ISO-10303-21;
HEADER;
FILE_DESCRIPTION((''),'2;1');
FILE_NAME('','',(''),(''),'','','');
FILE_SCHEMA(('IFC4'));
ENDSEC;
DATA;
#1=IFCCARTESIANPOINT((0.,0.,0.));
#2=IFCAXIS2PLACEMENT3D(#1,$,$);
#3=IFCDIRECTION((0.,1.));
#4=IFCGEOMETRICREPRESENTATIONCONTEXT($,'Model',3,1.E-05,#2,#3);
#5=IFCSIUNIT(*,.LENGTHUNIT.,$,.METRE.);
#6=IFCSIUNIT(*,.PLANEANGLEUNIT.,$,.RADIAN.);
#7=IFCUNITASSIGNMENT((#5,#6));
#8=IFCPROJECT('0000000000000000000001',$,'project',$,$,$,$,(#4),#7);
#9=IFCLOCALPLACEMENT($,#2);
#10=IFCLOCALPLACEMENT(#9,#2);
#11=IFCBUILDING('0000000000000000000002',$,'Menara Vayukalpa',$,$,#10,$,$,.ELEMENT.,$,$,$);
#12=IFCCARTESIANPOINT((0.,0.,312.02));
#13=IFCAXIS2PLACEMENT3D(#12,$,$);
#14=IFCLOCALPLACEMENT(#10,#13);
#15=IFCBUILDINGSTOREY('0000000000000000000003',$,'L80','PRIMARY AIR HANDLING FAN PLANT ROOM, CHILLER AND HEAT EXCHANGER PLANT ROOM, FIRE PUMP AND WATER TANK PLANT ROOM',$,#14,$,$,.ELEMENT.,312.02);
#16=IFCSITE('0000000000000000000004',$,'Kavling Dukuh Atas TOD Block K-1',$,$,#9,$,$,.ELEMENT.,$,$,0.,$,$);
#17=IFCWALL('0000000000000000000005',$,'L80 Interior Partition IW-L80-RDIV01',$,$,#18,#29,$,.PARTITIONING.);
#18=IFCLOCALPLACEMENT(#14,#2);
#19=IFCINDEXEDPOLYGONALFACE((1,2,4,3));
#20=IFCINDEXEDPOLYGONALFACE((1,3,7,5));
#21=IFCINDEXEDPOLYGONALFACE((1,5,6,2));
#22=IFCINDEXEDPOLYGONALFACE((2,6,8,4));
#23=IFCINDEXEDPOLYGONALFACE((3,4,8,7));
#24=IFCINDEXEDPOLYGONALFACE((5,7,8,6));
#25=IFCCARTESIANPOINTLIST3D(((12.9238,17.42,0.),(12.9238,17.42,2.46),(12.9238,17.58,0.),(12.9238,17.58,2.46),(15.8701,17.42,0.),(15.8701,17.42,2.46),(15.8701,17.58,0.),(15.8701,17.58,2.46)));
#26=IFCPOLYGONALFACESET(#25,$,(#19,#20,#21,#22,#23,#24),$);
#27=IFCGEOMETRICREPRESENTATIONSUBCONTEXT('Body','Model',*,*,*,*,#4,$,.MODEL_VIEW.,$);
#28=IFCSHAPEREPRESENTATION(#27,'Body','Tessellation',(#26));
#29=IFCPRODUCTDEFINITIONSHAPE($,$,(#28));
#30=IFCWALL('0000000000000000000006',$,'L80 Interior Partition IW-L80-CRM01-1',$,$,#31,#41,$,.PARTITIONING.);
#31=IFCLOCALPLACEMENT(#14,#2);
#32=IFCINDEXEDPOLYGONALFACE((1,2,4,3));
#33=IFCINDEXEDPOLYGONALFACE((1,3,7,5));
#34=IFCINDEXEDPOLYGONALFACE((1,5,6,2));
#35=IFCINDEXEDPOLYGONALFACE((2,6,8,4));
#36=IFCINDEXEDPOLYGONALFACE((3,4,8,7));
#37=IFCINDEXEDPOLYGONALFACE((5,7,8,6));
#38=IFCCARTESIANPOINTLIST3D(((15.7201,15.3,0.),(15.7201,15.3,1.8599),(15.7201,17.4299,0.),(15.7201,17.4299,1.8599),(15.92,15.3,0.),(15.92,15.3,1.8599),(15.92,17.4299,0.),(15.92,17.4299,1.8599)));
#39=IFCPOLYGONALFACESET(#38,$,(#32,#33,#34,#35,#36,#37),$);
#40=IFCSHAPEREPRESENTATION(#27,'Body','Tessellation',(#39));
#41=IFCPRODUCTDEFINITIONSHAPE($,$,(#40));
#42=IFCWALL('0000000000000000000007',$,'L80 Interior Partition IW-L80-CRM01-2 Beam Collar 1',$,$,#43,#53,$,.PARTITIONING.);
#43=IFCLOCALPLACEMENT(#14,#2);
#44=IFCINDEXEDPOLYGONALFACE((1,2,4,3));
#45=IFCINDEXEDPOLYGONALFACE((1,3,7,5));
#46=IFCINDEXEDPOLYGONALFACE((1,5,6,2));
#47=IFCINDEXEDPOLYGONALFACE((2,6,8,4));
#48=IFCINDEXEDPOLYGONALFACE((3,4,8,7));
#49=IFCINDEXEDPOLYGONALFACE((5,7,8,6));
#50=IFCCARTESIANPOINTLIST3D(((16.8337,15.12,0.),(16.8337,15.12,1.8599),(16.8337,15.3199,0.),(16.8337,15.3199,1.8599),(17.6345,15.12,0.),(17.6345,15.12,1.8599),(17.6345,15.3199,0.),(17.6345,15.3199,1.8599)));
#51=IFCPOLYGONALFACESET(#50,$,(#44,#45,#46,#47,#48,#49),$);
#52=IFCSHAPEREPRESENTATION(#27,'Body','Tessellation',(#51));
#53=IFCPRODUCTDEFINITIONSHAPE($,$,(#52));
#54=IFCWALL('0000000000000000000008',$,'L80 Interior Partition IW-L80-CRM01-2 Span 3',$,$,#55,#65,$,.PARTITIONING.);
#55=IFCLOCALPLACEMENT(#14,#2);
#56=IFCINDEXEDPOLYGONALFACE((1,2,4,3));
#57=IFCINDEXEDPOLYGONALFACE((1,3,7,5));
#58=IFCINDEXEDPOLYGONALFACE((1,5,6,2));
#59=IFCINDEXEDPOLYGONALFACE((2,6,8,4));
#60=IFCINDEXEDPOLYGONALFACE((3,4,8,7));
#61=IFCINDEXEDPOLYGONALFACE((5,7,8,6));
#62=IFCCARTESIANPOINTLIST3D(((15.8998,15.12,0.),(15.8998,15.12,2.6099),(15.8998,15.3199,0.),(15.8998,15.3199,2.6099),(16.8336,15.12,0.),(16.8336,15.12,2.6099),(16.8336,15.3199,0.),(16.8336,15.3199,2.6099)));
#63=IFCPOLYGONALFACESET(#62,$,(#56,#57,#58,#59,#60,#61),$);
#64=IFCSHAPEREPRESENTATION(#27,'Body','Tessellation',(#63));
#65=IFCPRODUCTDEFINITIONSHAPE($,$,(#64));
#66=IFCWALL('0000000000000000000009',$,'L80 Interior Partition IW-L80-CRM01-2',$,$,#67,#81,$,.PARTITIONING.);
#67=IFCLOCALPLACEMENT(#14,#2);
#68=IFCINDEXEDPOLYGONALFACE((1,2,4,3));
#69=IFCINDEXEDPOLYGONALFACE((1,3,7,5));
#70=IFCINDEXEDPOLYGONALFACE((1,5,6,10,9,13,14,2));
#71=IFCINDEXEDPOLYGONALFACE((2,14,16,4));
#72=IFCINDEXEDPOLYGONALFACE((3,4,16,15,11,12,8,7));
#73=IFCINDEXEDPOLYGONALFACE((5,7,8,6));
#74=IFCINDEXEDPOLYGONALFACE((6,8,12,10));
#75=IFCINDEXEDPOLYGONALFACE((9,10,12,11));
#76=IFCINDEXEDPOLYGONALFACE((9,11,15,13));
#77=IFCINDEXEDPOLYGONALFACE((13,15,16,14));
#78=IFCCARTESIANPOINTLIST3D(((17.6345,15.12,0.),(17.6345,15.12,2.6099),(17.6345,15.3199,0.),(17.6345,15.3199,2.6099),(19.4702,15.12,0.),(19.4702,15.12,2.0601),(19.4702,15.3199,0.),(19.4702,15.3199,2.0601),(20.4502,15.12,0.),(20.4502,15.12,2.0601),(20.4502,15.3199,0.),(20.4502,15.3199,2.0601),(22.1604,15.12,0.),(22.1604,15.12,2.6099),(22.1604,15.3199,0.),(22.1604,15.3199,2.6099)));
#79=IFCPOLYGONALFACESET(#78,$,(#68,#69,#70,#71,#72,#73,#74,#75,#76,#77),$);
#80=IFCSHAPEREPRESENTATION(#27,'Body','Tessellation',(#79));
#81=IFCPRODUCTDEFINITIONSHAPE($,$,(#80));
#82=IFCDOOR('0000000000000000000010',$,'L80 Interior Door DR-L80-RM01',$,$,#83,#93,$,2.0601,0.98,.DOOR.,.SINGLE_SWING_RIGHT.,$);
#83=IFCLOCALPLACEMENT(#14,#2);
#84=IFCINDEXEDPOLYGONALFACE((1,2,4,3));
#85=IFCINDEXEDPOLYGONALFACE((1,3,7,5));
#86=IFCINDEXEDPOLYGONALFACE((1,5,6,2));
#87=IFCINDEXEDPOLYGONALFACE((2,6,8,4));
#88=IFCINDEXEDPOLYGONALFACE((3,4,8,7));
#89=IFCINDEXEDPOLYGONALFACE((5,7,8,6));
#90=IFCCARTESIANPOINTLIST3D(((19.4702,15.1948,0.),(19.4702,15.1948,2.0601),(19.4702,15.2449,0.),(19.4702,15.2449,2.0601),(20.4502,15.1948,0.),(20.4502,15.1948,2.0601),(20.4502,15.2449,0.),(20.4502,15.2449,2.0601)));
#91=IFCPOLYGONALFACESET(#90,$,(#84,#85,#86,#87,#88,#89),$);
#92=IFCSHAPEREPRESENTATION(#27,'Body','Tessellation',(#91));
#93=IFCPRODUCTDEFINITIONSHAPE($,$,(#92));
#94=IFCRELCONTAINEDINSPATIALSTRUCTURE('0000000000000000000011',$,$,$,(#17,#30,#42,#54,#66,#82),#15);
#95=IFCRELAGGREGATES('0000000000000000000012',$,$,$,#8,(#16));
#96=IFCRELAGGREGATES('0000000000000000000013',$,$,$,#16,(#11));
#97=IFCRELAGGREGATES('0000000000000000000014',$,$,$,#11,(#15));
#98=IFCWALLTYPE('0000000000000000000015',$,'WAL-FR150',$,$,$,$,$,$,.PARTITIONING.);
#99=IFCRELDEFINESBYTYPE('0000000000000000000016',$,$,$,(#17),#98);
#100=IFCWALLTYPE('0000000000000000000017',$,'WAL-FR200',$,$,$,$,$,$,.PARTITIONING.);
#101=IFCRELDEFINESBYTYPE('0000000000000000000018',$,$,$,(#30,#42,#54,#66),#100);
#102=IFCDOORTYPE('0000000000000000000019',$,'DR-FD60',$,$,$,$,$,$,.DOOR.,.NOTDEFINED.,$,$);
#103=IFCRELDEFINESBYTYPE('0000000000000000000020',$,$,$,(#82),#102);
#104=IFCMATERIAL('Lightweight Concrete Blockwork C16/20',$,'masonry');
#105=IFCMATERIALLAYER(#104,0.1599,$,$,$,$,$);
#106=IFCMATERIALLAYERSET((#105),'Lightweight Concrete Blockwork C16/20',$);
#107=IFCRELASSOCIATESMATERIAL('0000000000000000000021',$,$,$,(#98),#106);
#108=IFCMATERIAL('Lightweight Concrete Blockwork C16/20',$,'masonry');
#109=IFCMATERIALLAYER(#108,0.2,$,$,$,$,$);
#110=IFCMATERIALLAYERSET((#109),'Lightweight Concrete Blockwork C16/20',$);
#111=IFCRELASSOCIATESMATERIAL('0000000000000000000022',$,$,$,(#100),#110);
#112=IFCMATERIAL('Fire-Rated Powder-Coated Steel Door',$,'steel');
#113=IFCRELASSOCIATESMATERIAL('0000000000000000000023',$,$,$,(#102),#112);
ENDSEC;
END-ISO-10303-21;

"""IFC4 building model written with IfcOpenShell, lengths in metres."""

from ifc_helpers import new_model, si_unit, direction, frame, frame_2d, origin, place, context, subcontext, project, spatial, rectangle, extrude, material, layer, layer_set, type_object, element, fill, save


model = new_model("IFC4")

# Units and contexts
model_context = context("Model", 3, precision=1e-05, world=origin(), true_north=direction((0.0, 1.0)))
body_context = subcontext(model_context, "Body", "Model", "MODEL_VIEW")
ifc_project = project(units=[si_unit("LENGTHUNIT", "METRE"), si_unit("PLANEANGLEUNIT", "RADIAN")], contexts=[model_context])

# Site, building, storey
site_placement = place(None, origin())
site = spatial("IfcSite", under=ifc_project, at=site_placement, Name="Kavling Dukuh Atas TOD Block K-1", CompositionType="ELEMENT", RefElevation=0.0)
building_placement = place(site_placement, origin())
building = spatial("IfcBuilding", under=site, at=building_placement, Name="Menara Vayukalpa", CompositionType="ELEMENT")
storey_placement = place(building_placement, frame((0.0, 0.0, 312.02)))
storey = spatial("IfcBuildingStorey", under=building, at=storey_placement, Name="L80", Description="PRIMARY AIR HANDLING FAN PLANT ROOM, CHILLER AND HEAT EXCHANGER PLANT ROOM, FIRE PUMP AND WATER TANK PLANT ROOM", CompositionType="ELEMENT", Elevation=312.02)

# Walls
ifc_material_1 = material(Name="Lightweight Concrete Blockwork C16/20", Category="masonry")
ifc_layer_1 = layer(ifc_material_1, 0.1599)
ifc_layer_set_1 = layer_set([ifc_layer_1], Name="Lightweight Concrete Blockwork C16/20")
wall_type_1 = type_object("IfcWallType", Name="WAL-FR150", PredefinedType="PARTITIONING", material=ifc_layer_set_1)
wall_1_placement = place(storey_placement, frame((12.9238, 17.5, 0.0), z_axis=(0.0, 0.0, 1.0), x_axis=(1.0, 0.0, 0.0)))
element("IfcWall", 1, at=wall_1_placement, inside=storey, type_object=wall_type_1, Name="L80 Interior Partition IW-L80-RDIV01", PredefinedType="PARTITIONING", context=body_context, shape_type="SweptSolid", body=[
    extrude(rectangle(XDim=2.9463, YDim=0.1599, at=frame_2d((1.4731, 0.0))), origin(), (0.0, 0.0, 1.0), 2.46),
])
ifc_material_2 = material(Name="Lightweight Concrete Blockwork C16/20", Category="masonry")
ifc_layer_2 = layer(ifc_material_2, 0.2)
ifc_layer_set_2 = layer_set([ifc_layer_2], Name="Lightweight Concrete Blockwork C16/20")
wall_type_2 = type_object("IfcWallType", Name="WAL-FR200", PredefinedType="PARTITIONING", material=ifc_layer_set_2)
wall_2_placement = place(storey_placement, frame((15.8201, 17.4299, 0.0), z_axis=(0.0, 0.0, 1.0), x_axis=(0.0, -1.0, 0.0)))
element("IfcWall", 2, at=wall_2_placement, inside=storey, type_object=wall_type_2, Name="L80 Interior Partition IW-L80-CRM01-1", PredefinedType="PARTITIONING", context=body_context, shape_type="SweptSolid", body=[
    extrude(rectangle(XDim=2.1299, YDim=0.2, at=frame_2d((1.0649, 0.0))), origin(), (0.0, 0.0, 1.0), 1.8599),
])
wall_3_placement = place(storey_placement, frame((16.8337, 15.22, 0.0), z_axis=(0.0, 0.0, 1.0), x_axis=(1.0, 0.0, 0.0)))
element("IfcWall", 3, at=wall_3_placement, inside=storey, type_object=wall_type_2, Name="L80 Interior Partition IW-L80-CRM01-2 Beam Collar 1", PredefinedType="PARTITIONING", context=body_context, shape_type="SweptSolid", body=[
    extrude(rectangle(XDim=0.8008, YDim=0.2, at=frame_2d((0.4004, 0.0))), origin(), (0.0, 0.0, 1.0), 1.8599),
])
wall_4_placement = place(storey_placement, frame((15.8999, 15.22, 0.0), z_axis=(0.0, 0.0, 1.0), x_axis=(1.0, 0.0, 0.0)))
element("IfcWall", 4, at=wall_4_placement, inside=storey, type_object=wall_type_2, Name="L80 Interior Partition IW-L80-CRM01-2 Span 3", PredefinedType="PARTITIONING", context=body_context, shape_type="SweptSolid", body=[
    extrude(rectangle(XDim=0.9338, YDim=0.2, at=frame_2d((0.4668, 0.0))), origin(), (0.0, 0.0, 1.0), 2.6099),
])

# Wall, opening, door
wall_5_placement = place(storey_placement, frame((17.6345, 15.22, 0.0), z_axis=(0.0, 0.0, 1.0), x_axis=(1.0, 0.0, 0.0)))
wall_5 = element("IfcWall", 5, at=wall_5_placement, inside=storey, type_object=wall_type_2, Name="L80 Interior Partition IW-L80-CRM01-2", PredefinedType="PARTITIONING", context=body_context, shape_type="SweptSolid", body=[
    extrude(rectangle(XDim=4.5259, YDim=0.2, at=frame_2d((2.2629, 0.0))), origin(), (0.0, 0.0, 1.0), 2.6099),
])
opening_placement = place(wall_5_placement, frame((1.8357, 0.0, 0.0)))
opening = element("IfcOpeningElement", 6, at=opening_placement, cuts=wall_5, PredefinedType="OPENING", context=body_context, shape_type="SweptSolid", body=[
    extrude(rectangle(XDim=0.98, YDim=2.0601, at=frame_2d((0.49, 1.03))), frame((0.0, 0.1099, 0.0), z_axis=(0.0, -1.0, 0.0), x_axis=(1.0, 0.0, 0.0)), (0.0, 0.0, 1.0), 0.22),
])
ifc_material_3 = material(Name="Fire-Rated Powder-Coated Steel Door", Category="steel")
door_type = type_object("IfcDoorType", Name="DR-FD60", OperationType="NOTDEFINED", PredefinedType="DOOR", material=ifc_material_3)
door_placement = place(opening_placement, origin())
door = element("IfcDoor", 7, at=door_placement, inside=storey, type_object=door_type, Name="L80 Interior Door DR-L80-RM01", OperationType="SINGLE_SWING_RIGHT", OverallHeight=2.0601, OverallWidth=0.98, PredefinedType="DOOR", context=body_context, shape_type="SweptSolid", body=[
    extrude(rectangle(XDim=0.98, YDim=2.0601, at=frame_2d((0.49, 1.03))), frame((0.0, 0.0249, 0.0), z_axis=(0.0, -1.0, 0.0), x_axis=(1.0, 0.0, 0.0)), (0.0, 0.0, 1.0), 0.05),
])
fill(opening, door)

save(model, "model.ifc")
